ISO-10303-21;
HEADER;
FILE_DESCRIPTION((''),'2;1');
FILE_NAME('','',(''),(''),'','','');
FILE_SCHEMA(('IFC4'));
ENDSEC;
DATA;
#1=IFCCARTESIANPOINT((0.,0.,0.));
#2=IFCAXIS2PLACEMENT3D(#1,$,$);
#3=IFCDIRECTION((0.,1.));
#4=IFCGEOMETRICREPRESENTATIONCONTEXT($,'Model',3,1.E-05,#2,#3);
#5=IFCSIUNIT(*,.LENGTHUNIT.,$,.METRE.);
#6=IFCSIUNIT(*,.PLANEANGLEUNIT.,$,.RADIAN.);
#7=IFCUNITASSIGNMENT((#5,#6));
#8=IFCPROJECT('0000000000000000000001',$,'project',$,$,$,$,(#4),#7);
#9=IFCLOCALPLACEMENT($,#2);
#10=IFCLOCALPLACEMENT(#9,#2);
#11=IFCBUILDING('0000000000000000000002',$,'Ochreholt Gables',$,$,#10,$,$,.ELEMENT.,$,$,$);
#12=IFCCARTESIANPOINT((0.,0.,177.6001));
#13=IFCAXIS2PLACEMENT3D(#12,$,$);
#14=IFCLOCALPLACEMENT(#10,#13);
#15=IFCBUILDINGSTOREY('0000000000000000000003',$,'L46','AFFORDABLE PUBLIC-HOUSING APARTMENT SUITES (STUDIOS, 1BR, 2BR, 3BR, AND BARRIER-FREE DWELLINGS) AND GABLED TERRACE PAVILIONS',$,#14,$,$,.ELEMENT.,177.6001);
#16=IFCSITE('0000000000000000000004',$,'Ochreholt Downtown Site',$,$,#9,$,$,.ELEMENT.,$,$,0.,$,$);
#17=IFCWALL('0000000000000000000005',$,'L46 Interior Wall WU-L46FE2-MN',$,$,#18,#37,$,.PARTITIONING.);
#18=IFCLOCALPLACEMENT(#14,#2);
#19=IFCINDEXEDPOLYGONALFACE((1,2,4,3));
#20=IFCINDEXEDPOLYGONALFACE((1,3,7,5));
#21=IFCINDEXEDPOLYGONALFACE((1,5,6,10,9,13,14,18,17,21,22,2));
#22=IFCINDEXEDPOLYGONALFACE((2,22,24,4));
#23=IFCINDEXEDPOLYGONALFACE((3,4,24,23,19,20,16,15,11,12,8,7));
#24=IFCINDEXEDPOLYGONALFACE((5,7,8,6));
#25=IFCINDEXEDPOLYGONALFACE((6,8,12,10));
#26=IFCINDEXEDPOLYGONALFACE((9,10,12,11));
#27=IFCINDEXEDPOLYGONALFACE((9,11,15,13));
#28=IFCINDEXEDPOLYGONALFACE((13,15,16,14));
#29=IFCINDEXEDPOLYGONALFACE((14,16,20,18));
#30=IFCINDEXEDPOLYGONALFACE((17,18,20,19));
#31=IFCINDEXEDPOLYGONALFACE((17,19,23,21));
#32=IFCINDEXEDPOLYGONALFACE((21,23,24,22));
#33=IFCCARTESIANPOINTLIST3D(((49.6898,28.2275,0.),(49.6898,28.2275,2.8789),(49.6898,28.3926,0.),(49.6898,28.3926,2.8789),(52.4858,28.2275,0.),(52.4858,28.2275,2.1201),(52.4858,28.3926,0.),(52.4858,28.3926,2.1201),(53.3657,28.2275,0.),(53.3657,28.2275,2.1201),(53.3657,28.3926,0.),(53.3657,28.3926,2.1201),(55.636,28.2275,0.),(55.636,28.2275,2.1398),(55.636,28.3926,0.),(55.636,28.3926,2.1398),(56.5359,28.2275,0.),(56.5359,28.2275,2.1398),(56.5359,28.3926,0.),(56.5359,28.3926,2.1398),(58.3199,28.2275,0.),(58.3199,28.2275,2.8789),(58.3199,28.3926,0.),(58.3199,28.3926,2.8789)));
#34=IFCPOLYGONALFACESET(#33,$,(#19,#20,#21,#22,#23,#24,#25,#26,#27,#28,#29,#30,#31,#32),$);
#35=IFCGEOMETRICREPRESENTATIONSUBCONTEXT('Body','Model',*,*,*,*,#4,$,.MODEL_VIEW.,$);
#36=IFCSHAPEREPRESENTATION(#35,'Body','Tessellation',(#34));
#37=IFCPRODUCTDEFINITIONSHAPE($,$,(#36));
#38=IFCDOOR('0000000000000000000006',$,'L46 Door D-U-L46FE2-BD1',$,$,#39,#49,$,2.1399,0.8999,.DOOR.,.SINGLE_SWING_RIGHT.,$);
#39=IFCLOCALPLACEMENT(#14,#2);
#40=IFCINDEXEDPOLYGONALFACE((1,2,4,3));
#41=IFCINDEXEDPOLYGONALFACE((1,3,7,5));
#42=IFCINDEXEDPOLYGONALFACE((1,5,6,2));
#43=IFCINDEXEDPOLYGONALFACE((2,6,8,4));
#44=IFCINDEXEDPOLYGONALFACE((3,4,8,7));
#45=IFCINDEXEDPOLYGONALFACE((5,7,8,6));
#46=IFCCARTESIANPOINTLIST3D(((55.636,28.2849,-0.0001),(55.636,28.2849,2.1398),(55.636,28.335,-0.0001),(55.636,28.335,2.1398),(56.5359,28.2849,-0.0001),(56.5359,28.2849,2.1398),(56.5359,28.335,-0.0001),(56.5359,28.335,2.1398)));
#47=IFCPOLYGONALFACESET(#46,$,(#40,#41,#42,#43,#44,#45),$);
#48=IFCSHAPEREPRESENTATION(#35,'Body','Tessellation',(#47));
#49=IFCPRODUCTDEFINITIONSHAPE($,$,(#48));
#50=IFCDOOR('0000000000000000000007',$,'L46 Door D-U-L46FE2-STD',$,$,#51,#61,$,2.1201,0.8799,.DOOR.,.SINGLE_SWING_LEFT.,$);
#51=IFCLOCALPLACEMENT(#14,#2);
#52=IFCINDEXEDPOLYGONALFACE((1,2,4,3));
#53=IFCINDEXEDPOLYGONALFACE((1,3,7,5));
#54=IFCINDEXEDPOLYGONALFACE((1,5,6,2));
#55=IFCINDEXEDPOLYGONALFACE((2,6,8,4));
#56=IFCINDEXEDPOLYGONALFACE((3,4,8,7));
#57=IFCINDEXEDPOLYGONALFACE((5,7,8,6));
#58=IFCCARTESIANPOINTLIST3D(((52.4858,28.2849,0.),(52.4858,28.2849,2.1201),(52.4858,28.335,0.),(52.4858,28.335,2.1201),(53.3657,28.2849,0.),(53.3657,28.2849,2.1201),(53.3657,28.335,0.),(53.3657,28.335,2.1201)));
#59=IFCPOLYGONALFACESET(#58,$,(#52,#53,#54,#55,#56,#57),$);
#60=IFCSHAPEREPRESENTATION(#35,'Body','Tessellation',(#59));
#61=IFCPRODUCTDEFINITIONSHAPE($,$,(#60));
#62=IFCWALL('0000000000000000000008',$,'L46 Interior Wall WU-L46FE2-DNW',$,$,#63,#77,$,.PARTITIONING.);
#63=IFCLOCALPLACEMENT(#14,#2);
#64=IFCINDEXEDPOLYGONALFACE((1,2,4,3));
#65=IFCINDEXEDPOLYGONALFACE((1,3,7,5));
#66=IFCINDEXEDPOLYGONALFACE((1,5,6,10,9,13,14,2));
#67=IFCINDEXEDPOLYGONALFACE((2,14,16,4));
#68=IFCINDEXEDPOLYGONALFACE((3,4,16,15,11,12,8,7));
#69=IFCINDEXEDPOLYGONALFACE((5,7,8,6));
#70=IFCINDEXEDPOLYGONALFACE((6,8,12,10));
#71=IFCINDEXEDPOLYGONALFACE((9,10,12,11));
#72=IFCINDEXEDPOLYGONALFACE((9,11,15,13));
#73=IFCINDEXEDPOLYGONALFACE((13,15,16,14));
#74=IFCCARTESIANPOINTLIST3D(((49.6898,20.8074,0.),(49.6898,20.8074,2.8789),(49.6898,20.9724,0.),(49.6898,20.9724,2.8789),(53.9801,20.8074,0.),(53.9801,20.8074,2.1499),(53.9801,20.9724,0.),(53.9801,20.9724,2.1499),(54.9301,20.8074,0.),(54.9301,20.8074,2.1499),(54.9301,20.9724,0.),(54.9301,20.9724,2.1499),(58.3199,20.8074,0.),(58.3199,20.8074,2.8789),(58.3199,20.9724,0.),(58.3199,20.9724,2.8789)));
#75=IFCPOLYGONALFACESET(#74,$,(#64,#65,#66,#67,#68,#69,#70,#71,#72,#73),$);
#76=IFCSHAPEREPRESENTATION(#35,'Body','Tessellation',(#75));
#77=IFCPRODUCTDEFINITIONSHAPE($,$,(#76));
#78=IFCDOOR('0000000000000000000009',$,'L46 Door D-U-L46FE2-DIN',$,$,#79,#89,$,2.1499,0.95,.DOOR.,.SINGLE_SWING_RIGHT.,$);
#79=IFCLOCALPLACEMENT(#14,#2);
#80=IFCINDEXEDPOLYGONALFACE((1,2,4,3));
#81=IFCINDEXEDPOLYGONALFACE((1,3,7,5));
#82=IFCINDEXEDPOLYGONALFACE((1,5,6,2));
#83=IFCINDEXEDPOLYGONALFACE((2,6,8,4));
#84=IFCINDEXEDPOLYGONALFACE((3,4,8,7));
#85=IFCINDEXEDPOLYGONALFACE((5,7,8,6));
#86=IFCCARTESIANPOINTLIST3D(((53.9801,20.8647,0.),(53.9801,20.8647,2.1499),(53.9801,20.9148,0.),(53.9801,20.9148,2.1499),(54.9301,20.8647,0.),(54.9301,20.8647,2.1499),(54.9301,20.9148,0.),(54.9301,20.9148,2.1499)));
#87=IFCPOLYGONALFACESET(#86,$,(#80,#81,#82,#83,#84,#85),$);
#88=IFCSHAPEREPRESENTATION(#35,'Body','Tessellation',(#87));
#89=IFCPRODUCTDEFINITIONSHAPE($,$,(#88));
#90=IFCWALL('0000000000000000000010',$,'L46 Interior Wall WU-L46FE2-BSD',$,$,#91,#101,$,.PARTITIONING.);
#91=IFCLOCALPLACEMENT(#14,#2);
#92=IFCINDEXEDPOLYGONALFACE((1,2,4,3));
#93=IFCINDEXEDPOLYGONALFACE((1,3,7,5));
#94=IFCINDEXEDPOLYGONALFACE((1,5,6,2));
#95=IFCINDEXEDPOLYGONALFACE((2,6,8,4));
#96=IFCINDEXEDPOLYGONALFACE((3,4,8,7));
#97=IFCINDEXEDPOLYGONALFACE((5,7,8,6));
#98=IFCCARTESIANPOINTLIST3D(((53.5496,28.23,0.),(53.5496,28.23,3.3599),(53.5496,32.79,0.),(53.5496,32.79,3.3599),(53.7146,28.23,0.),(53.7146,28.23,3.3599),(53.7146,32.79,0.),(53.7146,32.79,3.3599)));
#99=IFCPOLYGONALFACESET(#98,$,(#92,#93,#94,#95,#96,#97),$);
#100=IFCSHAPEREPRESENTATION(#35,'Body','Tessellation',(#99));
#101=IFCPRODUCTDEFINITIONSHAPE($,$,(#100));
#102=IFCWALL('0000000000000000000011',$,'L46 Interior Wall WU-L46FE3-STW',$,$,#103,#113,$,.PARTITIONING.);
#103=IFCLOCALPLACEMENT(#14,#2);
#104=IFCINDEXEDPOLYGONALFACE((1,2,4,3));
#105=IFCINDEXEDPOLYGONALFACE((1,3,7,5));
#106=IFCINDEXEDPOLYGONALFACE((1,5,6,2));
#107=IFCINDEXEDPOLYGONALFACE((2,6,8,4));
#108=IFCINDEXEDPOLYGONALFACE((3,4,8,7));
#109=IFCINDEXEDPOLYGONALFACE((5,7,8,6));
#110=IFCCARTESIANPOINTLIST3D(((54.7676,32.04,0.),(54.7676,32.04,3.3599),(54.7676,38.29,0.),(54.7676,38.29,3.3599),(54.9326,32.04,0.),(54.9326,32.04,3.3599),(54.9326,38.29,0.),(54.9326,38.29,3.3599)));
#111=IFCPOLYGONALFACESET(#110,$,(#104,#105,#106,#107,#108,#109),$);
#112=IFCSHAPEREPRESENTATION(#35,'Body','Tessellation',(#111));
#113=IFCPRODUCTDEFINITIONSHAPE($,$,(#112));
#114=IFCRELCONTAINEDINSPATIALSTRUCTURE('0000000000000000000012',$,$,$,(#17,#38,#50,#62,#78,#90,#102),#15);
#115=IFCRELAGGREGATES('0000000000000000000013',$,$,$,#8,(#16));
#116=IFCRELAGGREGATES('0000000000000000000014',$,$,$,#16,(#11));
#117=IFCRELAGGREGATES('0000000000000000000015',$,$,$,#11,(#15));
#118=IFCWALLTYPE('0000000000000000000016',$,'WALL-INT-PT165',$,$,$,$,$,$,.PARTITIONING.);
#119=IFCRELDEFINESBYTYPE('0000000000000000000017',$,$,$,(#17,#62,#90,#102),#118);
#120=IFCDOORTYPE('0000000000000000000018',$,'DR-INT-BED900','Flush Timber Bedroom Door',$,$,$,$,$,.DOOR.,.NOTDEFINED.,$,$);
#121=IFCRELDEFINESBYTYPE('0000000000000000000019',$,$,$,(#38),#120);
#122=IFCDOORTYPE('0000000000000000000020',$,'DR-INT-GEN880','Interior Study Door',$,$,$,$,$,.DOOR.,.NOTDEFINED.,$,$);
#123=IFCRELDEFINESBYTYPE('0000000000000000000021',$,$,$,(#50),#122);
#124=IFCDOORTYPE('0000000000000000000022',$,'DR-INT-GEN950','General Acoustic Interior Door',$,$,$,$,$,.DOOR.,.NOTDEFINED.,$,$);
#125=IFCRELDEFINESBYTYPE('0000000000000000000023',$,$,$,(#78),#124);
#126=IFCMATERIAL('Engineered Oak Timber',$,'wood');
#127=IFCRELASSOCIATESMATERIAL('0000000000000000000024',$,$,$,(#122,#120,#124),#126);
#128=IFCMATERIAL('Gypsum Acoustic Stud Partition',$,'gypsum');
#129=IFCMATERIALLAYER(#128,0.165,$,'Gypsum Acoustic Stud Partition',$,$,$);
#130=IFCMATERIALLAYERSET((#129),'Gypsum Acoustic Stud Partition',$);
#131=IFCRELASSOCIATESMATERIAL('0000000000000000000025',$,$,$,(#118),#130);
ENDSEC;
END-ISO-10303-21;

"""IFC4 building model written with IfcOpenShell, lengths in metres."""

from ifc_helpers import new_model, si_unit, direction, frame, frame_2d, origin, place, context, subcontext, project, spatial, rectangle, extrude, material, layer, layer_set, type_object, element, fill, save


model = new_model("IFC4")

# Units and contexts
model_context = context("Model", 3, precision=1e-05, world=origin(), true_north=direction((0.0, 1.0)))
body_context = subcontext(model_context, "Body", "Model", "MODEL_VIEW")
ifc_project = project(units=[si_unit("LENGTHUNIT", "METRE"), si_unit("PLANEANGLEUNIT", "RADIAN")], contexts=[model_context])

# Site, building, storey
site_placement = place(None, origin())
site = spatial("IfcSite", under=ifc_project, at=site_placement, Name="Ochreholt Downtown Site", CompositionType="ELEMENT", RefElevation=0.0)
building_placement = place(site_placement, origin())
building = spatial("IfcBuilding", under=site, at=building_placement, Name="Ochreholt Gables", CompositionType="ELEMENT")
storey_placement = place(building_placement, frame((0.0, 0.0, 177.6001)))
storey = spatial("IfcBuildingStorey", under=building, at=storey_placement, Name="L46", Description="AFFORDABLE PUBLIC-HOUSING APARTMENT SUITES (STUDIOS, 1BR, 2BR, 3BR, AND BARRIER-FREE DWELLINGS) AND GABLED TERRACE PAVILIONS", CompositionType="ELEMENT", Elevation=177.6001)

# Shared definitions
ifc_material_1 = material(Name="Engineered Oak Timber", Category="wood")
door_type_1 = type_object("IfcDoorType", Name="DR-INT-GEN880", Description="Interior Study Door", OperationType="NOTDEFINED", PredefinedType="DOOR", material=ifc_material_1)

# Wall, openings, doors
ifc_material_2 = material(Name="Gypsum Acoustic Stud Partition", Category="gypsum")
ifc_layer_1 = layer(ifc_material_2, 0.165, Name="Gypsum Acoustic Stud Partition")
ifc_layer_set_1 = layer_set([ifc_layer_1], Name="Gypsum Acoustic Stud Partition")
wall_type_1 = type_object("IfcWallType", Name="WALL-INT-PT165", PredefinedType="PARTITIONING", material=ifc_layer_set_1)
wall_1_placement = place(storey_placement, frame((49.6899, 28.3101, 0.0), z_axis=(0.0, 0.0, 1.0), x_axis=(1.0, 0.0, 0.0)))
wall_1 = element("IfcWall", 1, at=wall_1_placement, inside=storey, type_object=wall_type_1, Name="L46 Interior Wall WU-L46FE2-MN", PredefinedType="PARTITIONING", context=body_context, shape_type="SweptSolid", body=[
    extrude(rectangle(XDim=8.6301, YDim=0.165, at=frame_2d((4.3149, 0.0))), origin(), (0.0, 0.0, 1.0), 2.8789),
])
opening_1_placement = place(wall_1_placement, frame((2.7959, 0.0, 0.0)))
opening_1 = element("IfcOpeningElement", 2, at=opening_1_placement, cuts=wall_1, PredefinedType="OPENING", context=body_context, shape_type="SweptSolid", body=[
    extrude(rectangle(XDim=0.8799, YDim=2.1201, at=frame_2d((0.4399, 1.0601))), frame((0.0, 0.0925, 0.0), z_axis=(0.0, -1.0, 0.0), x_axis=(1.0, 0.0, 0.0)), (0.0, 0.0, 1.0), 0.1851),
])
opening_2_placement = place(wall_1_placement, frame((5.946, 0.0, 0.0)))
opening_2 = element("IfcOpeningElement", 3, at=opening_2_placement, cuts=wall_1, PredefinedType="OPENING", context=body_context, shape_type="SweptSolid", body=[
    extrude(rectangle(XDim=0.8999, YDim=2.1399, at=frame_2d((0.45, 1.0698))), frame((0.0, 0.0925, 0.0), z_axis=(0.0, -1.0, 0.0), x_axis=(1.0, 0.0, 0.0)), (0.0, 0.0, 1.0), 0.1851),
])
door_type_2 = type_object("IfcDoorType", Name="DR-INT-BED900", Description="Flush Timber Bedroom Door", OperationType="NOTDEFINED", PredefinedType="DOOR", material=ifc_material_1)
door_1_placement = place(opening_2_placement, origin())
door_1 = element("IfcDoor", 4, at=door_1_placement, inside=storey, type_object=door_type_2, Name="L46 Door D-U-L46FE2-BD1", OperationType="SINGLE_SWING_RIGHT", OverallHeight=2.1399, OverallWidth=0.8999, PredefinedType="DOOR", context=body_context, shape_type="SweptSolid", body=[
    extrude(rectangle(XDim=0.8999, YDim=2.1399, at=frame_2d((0.45, 1.0698))), frame((0.0, 0.0249, 0.0), z_axis=(0.0, -1.0, 0.0), x_axis=(1.0, 0.0, 0.0)), (0.0, 0.0, 1.0), 0.05),
])
fill(opening_2, door_1)
door_2_placement = place(opening_1_placement, origin())
door_2 = element("IfcDoor", 5, at=door_2_placement, inside=storey, type_object=door_type_1, Name="L46 Door D-U-L46FE2-STD", OperationType="SINGLE_SWING_LEFT", OverallHeight=2.1201, OverallWidth=0.8799, PredefinedType="DOOR", context=body_context, shape_type="SweptSolid", body=[
    extrude(rectangle(XDim=0.8799, YDim=2.1201, at=frame_2d((0.4399, 1.0601))), frame((0.0, 0.0249, 0.0), z_axis=(0.0, -1.0, 0.0), x_axis=(1.0, 0.0, 0.0)), (0.0, 0.0, 1.0), 0.05),
])
fill(opening_1, door_2)

# Wall, opening, door
wall_2_placement = place(storey_placement, frame((49.6899, 20.8899, 0.0), z_axis=(0.0, 0.0, 1.0), x_axis=(1.0, 0.0, 0.0)))
wall_2 = element("IfcWall", 6, at=wall_2_placement, inside=storey, type_object=wall_type_1, Name="L46 Interior Wall WU-L46FE2-DNW", PredefinedType="PARTITIONING", context=body_context, shape_type="SweptSolid", body=[
    extrude(rectangle(XDim=8.6301, YDim=0.165, at=frame_2d((4.3149, 0.0))), origin(), (0.0, 0.0, 1.0), 2.8789),
])
opening_3_placement = place(wall_2_placement, frame((4.29, 0.0, 0.0)))
opening_3 = element("IfcOpeningElement", 7, at=opening_3_placement, cuts=wall_2, PredefinedType="OPENING", context=body_context, shape_type="SweptSolid", body=[
    extrude(rectangle(XDim=0.95, YDim=2.1499, at=frame_2d((0.4751, 1.075))), frame((0.0, 0.0925, 0.0), z_axis=(0.0, -1.0, 0.0), x_axis=(1.0, 0.0, 0.0)), (0.0, 0.0, 1.0), 0.1851),
])
door_type_3 = type_object("IfcDoorType", Name="DR-INT-GEN950", Description="General Acoustic Interior Door", OperationType="NOTDEFINED", PredefinedType="DOOR", material=ifc_material_1)
door_3_placement = place(opening_3_placement, origin())
door_3 = element("IfcDoor", 8, at=door_3_placement, inside=storey, type_object=door_type_3, Name="L46 Door D-U-L46FE2-DIN", OperationType="SINGLE_SWING_RIGHT", OverallHeight=2.1499, OverallWidth=0.95, PredefinedType="DOOR", context=body_context, shape_type="SweptSolid", body=[
    extrude(rectangle(XDim=0.95, YDim=2.1499, at=frame_2d((0.4751, 1.075))), frame((0.0, 0.0249, 0.0), z_axis=(0.0, -1.0, 0.0), x_axis=(1.0, 0.0, 0.0)), (0.0, 0.0, 1.0), 0.05),
])
fill(opening_3, door_3)

# Walls
wall_3_placement = place(storey_placement, frame((53.6321, 28.23, 0.0), z_axis=(0.0, 0.0, 1.0), x_axis=(0.0, 1.0, 0.0)))
element("IfcWall", 9, at=wall_3_placement, inside=storey, type_object=wall_type_1, Name="L46 Interior Wall WU-L46FE2-BSD", PredefinedType="PARTITIONING", context=body_context, shape_type="SweptSolid", body=[
    extrude(rectangle(XDim=4.5601, YDim=0.165, at=frame_2d((2.28, 0.0))), origin(), (0.0, 0.0, 1.0), 3.3599),
])
wall_4_placement = place(storey_placement, frame((54.8501, 32.04, 0.0), z_axis=(0.0, 0.0, 1.0), x_axis=(0.0, 1.0, 0.0)))
element("IfcWall", 10, at=wall_4_placement, inside=storey, type_object=wall_type_1, Name="L46 Interior Wall WU-L46FE3-STW", PredefinedType="PARTITIONING", context=body_context, shape_type="SweptSolid", body=[
    extrude(rectangle(XDim=6.25, YDim=0.165, at=frame_2d((3.125, 0.0))), origin(), (0.0, 0.0, 1.0), 3.3599),
])

save(model, "model.ifc")
